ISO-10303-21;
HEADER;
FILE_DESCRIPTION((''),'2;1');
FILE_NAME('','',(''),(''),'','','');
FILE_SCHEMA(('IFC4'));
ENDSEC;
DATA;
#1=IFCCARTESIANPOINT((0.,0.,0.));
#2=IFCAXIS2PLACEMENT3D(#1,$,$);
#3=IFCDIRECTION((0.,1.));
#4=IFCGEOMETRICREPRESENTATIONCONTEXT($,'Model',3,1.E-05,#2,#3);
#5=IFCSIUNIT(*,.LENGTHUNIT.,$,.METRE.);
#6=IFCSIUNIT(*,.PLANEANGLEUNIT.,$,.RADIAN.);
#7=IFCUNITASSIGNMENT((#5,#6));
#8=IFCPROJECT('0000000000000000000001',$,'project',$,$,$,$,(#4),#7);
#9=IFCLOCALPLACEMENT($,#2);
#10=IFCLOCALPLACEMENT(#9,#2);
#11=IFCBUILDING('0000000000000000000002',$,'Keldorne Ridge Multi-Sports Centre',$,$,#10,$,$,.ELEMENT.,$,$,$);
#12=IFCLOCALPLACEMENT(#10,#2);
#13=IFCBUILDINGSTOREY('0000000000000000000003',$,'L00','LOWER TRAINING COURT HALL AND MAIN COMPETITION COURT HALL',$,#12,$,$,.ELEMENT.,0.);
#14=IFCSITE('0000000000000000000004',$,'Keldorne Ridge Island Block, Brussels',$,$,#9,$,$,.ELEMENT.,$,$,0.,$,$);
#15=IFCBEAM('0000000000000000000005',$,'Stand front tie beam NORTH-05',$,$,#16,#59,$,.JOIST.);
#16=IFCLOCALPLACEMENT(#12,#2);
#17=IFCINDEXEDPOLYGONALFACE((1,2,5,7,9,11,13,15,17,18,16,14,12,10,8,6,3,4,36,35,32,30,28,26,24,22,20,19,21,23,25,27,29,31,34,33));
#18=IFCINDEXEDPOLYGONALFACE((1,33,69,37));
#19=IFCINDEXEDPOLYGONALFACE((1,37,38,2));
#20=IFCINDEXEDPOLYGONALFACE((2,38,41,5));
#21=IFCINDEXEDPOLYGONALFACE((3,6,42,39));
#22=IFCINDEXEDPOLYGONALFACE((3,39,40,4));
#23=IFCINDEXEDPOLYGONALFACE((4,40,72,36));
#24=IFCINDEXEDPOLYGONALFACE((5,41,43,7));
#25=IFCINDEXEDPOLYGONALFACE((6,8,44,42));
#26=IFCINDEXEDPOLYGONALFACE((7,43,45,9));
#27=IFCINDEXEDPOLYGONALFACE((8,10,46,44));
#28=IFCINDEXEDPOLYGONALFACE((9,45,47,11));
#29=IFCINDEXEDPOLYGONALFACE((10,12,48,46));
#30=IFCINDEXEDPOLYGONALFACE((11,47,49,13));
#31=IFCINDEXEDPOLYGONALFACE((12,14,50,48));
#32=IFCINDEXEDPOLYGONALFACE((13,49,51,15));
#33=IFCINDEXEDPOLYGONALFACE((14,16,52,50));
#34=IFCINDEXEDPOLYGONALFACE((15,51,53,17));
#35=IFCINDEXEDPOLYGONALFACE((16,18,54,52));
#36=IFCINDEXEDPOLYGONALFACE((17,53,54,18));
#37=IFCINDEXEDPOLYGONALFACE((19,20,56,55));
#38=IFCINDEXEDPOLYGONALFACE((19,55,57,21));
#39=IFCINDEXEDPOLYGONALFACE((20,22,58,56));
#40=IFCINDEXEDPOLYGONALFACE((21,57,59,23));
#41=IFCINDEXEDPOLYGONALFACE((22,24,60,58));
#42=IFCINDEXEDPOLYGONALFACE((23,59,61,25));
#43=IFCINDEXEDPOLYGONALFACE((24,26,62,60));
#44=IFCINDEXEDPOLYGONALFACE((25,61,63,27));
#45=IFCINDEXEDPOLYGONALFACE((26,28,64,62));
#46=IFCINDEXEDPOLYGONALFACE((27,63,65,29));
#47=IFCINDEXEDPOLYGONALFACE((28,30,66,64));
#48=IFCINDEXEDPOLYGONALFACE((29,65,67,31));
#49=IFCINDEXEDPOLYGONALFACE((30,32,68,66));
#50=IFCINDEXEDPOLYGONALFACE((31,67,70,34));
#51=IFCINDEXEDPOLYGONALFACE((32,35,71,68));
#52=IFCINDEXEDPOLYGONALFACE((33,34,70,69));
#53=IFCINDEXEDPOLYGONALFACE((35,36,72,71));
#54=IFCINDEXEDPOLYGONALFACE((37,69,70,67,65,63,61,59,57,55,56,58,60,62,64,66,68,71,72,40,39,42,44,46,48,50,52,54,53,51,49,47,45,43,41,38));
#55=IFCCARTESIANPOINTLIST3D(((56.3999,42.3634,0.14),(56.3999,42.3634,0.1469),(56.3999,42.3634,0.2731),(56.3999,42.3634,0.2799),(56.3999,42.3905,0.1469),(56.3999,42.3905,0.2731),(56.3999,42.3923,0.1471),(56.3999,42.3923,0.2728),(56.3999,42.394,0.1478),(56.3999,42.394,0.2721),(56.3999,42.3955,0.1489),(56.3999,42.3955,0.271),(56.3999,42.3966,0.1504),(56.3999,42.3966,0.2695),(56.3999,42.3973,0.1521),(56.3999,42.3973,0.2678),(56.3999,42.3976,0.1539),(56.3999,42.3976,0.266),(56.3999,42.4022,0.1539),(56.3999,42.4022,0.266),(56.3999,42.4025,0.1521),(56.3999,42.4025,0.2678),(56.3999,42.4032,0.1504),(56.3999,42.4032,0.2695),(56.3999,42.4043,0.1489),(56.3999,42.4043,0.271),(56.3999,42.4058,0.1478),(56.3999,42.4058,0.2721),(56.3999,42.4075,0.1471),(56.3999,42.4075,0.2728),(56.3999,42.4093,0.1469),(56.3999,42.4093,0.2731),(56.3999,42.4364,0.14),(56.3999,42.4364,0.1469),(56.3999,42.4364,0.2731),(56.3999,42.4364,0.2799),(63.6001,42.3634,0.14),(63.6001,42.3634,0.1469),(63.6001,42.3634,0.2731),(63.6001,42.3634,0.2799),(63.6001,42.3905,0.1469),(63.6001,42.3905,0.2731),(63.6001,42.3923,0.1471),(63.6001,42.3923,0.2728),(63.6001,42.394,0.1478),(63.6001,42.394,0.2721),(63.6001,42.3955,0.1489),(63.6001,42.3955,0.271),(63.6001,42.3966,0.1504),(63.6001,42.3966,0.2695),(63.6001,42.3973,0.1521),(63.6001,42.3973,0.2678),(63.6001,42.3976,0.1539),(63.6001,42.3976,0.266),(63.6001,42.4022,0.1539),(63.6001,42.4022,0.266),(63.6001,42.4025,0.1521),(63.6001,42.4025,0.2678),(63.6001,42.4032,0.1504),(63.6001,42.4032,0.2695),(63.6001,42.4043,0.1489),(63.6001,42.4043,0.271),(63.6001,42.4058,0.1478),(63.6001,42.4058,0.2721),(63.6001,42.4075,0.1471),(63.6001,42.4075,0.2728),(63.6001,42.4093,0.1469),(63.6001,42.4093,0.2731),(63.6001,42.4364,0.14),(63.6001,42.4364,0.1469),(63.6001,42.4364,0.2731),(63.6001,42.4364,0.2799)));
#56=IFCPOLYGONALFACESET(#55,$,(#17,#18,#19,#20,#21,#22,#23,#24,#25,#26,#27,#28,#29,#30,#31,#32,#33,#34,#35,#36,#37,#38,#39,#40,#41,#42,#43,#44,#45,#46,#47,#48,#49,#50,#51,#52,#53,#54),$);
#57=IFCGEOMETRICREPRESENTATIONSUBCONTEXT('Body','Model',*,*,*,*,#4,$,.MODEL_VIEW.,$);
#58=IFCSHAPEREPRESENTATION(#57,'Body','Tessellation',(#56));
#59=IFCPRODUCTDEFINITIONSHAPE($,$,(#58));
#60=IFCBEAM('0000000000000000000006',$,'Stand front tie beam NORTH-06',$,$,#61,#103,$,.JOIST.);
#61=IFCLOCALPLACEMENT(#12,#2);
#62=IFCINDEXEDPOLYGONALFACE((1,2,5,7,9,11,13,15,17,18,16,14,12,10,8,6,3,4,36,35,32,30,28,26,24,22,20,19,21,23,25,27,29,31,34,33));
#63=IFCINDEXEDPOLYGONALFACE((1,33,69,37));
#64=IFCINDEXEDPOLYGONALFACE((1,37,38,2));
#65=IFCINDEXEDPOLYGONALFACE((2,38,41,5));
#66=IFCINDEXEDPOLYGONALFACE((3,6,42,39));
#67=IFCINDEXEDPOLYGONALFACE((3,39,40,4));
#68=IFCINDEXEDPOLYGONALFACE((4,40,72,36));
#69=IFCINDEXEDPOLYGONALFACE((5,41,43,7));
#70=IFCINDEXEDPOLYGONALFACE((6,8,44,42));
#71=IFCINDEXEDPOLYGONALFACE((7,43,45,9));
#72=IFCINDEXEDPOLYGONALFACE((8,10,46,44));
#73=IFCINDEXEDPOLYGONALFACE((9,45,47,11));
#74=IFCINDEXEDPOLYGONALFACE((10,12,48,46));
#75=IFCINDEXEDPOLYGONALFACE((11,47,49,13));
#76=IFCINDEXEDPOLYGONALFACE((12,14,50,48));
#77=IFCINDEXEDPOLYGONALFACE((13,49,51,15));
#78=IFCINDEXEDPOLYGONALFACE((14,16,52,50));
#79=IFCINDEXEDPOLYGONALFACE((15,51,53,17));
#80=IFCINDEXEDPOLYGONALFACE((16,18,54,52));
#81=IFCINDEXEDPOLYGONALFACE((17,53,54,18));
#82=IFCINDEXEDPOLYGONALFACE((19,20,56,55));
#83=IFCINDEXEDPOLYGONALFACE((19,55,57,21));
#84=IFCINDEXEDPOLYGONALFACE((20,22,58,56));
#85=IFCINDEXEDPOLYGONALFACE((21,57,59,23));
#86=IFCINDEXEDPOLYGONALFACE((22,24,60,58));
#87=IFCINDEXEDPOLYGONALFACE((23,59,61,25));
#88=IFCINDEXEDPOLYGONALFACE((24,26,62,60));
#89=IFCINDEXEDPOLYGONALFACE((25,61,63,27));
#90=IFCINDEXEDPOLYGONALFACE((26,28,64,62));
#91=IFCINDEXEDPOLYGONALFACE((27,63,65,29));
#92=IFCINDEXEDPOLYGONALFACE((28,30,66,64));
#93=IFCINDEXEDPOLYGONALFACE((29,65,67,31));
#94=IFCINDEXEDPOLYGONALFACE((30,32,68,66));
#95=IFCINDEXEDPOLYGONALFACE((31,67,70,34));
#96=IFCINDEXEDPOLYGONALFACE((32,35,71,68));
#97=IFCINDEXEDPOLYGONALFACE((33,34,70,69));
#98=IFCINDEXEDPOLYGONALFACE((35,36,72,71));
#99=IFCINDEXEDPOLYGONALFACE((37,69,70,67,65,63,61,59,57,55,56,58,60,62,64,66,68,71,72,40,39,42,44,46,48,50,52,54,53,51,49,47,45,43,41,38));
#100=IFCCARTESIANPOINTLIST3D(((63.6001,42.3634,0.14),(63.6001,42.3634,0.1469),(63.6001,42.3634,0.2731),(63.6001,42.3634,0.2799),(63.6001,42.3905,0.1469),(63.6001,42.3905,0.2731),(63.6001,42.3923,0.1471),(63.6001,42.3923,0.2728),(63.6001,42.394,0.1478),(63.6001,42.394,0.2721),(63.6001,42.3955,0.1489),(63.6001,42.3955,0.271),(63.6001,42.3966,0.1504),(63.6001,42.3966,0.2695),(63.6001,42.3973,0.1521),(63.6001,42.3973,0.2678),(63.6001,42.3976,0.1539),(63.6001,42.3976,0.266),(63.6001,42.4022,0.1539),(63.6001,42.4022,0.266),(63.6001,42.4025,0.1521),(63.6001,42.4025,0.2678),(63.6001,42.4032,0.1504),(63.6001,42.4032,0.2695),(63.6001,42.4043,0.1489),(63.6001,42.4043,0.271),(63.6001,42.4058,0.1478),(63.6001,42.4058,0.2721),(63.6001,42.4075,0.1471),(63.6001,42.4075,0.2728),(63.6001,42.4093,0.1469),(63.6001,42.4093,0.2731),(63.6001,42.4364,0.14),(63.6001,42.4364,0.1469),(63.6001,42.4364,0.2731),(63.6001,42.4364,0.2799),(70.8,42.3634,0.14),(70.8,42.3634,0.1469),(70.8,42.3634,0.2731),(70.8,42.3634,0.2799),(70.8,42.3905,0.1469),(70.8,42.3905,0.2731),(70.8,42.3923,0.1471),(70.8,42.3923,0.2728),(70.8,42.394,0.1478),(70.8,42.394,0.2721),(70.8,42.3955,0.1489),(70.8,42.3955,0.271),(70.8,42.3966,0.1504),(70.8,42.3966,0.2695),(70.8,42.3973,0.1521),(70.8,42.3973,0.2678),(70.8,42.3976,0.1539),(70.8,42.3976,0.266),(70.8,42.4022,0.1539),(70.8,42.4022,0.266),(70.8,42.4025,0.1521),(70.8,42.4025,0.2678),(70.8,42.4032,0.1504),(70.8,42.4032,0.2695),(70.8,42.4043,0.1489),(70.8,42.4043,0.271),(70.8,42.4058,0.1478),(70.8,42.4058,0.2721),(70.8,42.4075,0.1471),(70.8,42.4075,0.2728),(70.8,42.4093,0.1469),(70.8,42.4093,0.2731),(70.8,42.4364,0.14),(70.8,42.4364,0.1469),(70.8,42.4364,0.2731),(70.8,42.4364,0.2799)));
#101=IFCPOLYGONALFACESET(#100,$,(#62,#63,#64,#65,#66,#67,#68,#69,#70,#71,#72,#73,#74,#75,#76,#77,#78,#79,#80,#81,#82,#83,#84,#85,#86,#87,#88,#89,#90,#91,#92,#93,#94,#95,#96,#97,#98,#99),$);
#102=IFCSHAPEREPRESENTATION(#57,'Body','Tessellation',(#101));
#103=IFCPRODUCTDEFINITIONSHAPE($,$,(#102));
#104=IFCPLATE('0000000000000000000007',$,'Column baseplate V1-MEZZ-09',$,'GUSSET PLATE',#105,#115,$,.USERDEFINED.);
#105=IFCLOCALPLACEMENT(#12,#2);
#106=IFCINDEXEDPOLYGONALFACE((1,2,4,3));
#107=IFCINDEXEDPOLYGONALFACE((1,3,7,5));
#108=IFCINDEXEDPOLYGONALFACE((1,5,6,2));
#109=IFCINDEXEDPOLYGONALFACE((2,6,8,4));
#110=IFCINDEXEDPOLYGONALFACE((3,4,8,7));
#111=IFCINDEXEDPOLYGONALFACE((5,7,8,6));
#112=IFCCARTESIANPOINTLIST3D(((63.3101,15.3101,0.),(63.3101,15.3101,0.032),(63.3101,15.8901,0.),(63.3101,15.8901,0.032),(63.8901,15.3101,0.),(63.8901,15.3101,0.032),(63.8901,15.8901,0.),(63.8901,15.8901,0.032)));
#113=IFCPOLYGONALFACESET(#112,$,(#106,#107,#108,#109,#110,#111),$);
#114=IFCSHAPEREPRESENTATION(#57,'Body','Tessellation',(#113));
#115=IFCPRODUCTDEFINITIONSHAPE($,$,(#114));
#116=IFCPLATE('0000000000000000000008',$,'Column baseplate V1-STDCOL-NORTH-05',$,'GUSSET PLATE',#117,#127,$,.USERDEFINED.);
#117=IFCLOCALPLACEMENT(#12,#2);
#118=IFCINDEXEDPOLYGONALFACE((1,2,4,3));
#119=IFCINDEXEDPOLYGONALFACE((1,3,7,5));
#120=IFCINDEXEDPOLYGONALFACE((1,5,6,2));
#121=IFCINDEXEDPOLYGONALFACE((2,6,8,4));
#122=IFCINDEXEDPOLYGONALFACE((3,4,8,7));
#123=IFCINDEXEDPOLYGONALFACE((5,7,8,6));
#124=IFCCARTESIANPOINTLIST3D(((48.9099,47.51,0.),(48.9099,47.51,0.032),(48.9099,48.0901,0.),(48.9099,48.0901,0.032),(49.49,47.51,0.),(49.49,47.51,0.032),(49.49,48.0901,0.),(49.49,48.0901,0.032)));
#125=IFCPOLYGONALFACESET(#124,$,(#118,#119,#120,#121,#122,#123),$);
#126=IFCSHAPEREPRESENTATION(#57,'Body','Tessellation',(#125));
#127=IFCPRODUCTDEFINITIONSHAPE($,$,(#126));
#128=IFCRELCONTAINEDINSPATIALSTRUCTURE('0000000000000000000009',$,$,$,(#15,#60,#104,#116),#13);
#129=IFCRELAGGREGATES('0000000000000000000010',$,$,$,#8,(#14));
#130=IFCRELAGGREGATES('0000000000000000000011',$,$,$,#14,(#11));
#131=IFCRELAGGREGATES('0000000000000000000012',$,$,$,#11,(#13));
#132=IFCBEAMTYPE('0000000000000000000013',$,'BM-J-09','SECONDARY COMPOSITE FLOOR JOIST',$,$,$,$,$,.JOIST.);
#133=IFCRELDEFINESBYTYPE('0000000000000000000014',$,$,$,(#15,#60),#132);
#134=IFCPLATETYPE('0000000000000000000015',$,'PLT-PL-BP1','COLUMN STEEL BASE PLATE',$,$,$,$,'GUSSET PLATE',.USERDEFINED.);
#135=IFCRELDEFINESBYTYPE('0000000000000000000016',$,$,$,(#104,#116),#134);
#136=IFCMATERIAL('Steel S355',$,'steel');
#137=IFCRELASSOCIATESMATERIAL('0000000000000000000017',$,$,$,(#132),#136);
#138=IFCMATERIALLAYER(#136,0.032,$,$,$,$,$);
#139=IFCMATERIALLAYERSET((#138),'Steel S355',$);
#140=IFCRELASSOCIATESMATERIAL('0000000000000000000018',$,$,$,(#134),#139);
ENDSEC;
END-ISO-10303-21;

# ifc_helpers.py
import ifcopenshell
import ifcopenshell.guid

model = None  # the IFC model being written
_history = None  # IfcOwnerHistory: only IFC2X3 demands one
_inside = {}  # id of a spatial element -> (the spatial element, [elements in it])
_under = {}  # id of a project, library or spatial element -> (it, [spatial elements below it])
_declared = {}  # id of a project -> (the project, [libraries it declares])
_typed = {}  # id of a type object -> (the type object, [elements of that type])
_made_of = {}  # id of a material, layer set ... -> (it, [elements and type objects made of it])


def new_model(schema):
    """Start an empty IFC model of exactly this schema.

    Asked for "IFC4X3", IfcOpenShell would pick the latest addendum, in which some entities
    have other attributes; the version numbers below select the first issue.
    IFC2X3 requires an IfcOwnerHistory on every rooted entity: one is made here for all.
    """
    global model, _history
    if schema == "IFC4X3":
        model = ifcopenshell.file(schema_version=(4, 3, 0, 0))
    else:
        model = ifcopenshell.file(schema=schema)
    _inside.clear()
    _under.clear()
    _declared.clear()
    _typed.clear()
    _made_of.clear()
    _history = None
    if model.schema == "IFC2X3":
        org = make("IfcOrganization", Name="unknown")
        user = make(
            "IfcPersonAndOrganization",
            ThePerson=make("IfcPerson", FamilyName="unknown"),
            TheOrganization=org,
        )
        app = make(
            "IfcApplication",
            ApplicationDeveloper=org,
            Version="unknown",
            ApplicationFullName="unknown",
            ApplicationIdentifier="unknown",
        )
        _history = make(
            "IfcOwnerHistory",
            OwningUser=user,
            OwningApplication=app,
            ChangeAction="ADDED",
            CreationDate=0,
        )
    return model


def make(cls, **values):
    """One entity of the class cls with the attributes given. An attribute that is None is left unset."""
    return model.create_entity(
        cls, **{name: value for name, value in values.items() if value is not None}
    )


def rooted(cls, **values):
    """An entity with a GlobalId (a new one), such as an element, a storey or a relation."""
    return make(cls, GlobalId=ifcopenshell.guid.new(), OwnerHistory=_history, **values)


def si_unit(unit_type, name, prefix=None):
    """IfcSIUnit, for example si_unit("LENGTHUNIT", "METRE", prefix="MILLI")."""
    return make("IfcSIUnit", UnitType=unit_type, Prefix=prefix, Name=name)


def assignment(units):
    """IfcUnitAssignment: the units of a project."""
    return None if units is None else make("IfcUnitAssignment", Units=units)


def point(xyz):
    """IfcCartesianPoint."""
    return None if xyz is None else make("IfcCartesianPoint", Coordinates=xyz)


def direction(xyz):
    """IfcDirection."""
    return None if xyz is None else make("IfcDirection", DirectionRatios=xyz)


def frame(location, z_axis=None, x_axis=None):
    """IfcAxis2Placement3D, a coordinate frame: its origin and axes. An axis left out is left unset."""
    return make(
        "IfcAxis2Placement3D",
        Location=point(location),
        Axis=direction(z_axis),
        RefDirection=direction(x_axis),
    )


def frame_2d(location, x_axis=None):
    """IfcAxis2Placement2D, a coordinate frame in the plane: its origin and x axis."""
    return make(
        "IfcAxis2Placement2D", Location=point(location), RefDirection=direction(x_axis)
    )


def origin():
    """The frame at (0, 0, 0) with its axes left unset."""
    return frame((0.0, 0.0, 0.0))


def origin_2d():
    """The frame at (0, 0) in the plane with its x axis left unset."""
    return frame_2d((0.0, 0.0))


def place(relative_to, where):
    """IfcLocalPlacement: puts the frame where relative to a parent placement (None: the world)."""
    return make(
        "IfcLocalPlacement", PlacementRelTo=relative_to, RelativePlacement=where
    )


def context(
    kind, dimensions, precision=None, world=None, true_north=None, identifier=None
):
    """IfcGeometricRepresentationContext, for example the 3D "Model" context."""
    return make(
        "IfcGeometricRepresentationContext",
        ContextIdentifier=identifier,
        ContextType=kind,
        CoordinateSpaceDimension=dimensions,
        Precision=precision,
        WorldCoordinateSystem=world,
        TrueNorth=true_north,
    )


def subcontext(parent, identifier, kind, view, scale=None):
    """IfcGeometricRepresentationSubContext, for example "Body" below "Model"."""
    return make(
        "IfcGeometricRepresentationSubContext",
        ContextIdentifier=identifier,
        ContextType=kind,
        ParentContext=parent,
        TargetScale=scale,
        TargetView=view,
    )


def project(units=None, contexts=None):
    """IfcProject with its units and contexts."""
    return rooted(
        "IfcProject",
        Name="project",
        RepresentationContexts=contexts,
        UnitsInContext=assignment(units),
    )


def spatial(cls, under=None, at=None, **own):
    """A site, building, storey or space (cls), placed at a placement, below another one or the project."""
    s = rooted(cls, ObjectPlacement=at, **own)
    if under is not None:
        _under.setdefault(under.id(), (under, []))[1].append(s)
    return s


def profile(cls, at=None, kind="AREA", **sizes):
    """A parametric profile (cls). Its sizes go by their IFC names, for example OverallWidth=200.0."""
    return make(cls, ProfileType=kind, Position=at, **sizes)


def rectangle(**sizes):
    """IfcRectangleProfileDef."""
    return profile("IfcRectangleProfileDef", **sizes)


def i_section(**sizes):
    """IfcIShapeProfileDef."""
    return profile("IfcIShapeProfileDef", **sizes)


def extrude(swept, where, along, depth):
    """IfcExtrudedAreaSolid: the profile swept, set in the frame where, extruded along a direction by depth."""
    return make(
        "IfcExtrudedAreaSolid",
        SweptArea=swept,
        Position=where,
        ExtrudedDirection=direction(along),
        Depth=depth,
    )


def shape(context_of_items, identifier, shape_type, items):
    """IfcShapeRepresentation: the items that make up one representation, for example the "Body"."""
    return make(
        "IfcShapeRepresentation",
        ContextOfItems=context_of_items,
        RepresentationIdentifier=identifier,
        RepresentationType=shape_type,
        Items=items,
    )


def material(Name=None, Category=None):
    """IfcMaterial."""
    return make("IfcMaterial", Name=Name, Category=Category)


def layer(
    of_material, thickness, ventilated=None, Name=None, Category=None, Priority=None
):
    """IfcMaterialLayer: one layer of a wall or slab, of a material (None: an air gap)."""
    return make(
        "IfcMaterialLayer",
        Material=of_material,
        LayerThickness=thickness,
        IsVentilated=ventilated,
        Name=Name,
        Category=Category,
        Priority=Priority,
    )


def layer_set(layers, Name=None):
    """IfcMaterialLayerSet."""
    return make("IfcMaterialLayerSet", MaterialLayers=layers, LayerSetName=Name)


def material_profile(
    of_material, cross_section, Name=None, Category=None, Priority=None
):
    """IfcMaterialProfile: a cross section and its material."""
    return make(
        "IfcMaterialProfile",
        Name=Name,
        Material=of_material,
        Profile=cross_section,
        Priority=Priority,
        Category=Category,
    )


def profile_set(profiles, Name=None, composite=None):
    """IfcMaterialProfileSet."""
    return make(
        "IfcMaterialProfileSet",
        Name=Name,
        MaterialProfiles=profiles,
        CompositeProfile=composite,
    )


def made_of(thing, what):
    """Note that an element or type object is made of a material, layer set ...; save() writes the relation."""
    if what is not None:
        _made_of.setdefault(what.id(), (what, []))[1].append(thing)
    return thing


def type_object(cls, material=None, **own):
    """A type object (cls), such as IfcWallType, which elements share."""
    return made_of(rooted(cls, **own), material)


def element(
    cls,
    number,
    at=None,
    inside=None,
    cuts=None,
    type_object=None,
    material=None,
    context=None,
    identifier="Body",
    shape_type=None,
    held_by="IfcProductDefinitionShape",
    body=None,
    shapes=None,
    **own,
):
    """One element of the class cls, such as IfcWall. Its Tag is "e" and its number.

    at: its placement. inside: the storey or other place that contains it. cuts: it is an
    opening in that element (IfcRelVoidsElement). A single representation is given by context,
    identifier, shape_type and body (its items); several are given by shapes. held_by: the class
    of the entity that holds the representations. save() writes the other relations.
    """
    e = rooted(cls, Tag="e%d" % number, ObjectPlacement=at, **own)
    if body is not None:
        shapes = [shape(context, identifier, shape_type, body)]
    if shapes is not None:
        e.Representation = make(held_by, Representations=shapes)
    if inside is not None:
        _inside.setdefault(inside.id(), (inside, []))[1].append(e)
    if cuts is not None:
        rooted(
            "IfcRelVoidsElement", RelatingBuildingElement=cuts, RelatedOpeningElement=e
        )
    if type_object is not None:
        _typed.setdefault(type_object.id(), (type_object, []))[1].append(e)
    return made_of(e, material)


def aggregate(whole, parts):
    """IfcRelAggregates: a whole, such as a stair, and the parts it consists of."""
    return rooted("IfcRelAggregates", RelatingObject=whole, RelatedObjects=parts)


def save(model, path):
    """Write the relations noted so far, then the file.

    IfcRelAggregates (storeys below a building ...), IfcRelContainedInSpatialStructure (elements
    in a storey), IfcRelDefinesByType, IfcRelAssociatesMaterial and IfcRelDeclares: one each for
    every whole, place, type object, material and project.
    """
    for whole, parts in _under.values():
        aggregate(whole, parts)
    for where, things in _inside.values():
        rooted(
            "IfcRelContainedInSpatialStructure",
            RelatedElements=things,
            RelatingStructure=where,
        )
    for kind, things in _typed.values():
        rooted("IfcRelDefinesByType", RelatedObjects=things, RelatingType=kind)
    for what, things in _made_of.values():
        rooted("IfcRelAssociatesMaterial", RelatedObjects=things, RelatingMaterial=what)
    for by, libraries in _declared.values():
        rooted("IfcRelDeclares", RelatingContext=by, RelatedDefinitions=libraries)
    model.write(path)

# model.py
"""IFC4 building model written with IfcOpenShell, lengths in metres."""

from ifc_helpers import new_model, si_unit, direction, frame, origin, origin_2d, place, context, subcontext, project, spatial, rectangle, i_section, extrude, material, layer, layer_set, material_profile, profile_set, type_object, element, save


model = new_model("IFC4")

# Units and contexts
model_context = context("Model", 3, precision=1e-05, world=origin(), true_north=direction((0.0, 1.0)))
body_context = subcontext(model_context, "Body", "Model", "MODEL_VIEW")
ifc_project = project(units=[si_unit("LENGTHUNIT", "METRE"), si_unit("PLANEANGLEUNIT", "RADIAN")], contexts=[model_context])

# Site, building, storey
site_placement = place(None, origin())
site = spatial("IfcSite", under=ifc_project, at=site_placement, Name="Keldorne Ridge Island Block, Brussels", CompositionType="ELEMENT", RefElevation=0.0)
building_placement = place(site_placement, origin())
building = spatial("IfcBuilding", under=site, at=building_placement, Name="Keldorne Ridge Multi-Sports Centre", CompositionType="ELEMENT")
storey_placement = place(building_placement, origin())
storey = spatial("IfcBuildingStorey", under=building, at=storey_placement, Name="L00", Description="LOWER TRAINING COURT HALL AND MAIN COMPETITION COURT HALL", CompositionType="ELEMENT", Elevation=0.0)

# Shared definitions
ifc_material_1 = material(Name="Steel S355", Category="steel")

# Beams
ifc_material_profile_1 = material_profile(ifc_material_1, i_section(OverallWidth=0.073, OverallDepth=0.1399, WebThickness=0.0046, FlangeThickness=0.0068, FilletRadius=0.0071, at=origin_2d()), Name="IPE 140")
ifc_profile_set_1 = profile_set([ifc_material_profile_1], Name="Steel S355")
beam_type_1 = type_object("IfcBeamType", Name="BM-J-09", Description="SECONDARY COMPOSITE FLOOR JOIST", PredefinedType="JOIST", material=ifc_profile_set_1)
beam_1_placement = place(storey_placement, frame((56.3999, 42.3999, 0.21), z_axis=(1.0, 0.0, 0.0), x_axis=(0.0, 1.0, 0.0)))
element("IfcBeam", 1, at=beam_1_placement, inside=storey, type_object=beam_type_1, Name="Stand front tie beam NORTH-05", PredefinedType="JOIST", context=body_context, shape_type="SweptSolid", body=[
    extrude(i_section(OverallWidth=0.073, OverallDepth=0.1399, WebThickness=0.0046, FlangeThickness=0.0068, FilletRadius=0.0071, at=origin_2d()), origin(), (0.0, 0.0, 1.0), 7.2002),
])
beam_2_placement = place(storey_placement, frame((63.6001, 42.3999, 0.21), z_axis=(1.0, 0.0, 0.0), x_axis=(0.0, 1.0, 0.0)))
element("IfcBeam", 2, at=beam_2_placement, inside=storey, type_object=beam_type_1, Name="Stand front tie beam NORTH-06", PredefinedType="JOIST", context=body_context, shape_type="SweptSolid", body=[
    extrude(i_section(OverallWidth=0.073, OverallDepth=0.1399, WebThickness=0.0046, FlangeThickness=0.0068, FilletRadius=0.0071, at=origin_2d()), origin(), (0.0, 0.0, 1.0), 7.2),
])

# Plates
ifc_layer = layer(ifc_material_1, 0.032)
ifc_layer_set = layer_set([ifc_layer], Name="Steel S355")
plate_type = type_object("IfcPlateType", Name="PLT-PL-BP1", Description="COLUMN STEEL BASE PLATE", ElementType="GUSSET PLATE", PredefinedType="USERDEFINED", material=ifc_layer_set)
for number, where, z_axis, x_axis, name in (
    (3, (63.6001, 15.6001, 0.0), (0.0, 0.0, 1.0), (1.0, 0.0, 0.0), "Column baseplate V1-MEZZ-09"),
    (4, (49.2, 47.8, 0.0), (0.0, 0.0, 1.0), (1.0, 0.0, 0.0), "Column baseplate V1-STDCOL-NORTH-05"),
):
    element("IfcPlate", number, at=place(storey_placement, frame(where, z_axis=z_axis, x_axis=x_axis)), inside=storey, type_object=plate_type, Name=name, ObjectType="GUSSET PLATE", PredefinedType="USERDEFINED", context=body_context, shape_type="SweptSolid", body=[
        extrude(rectangle(XDim=0.5801, YDim=0.5801, at=origin_2d()), origin(), (0.0, 0.0, 1.0), 0.032),
    ])

save(model, "model.ifc")
